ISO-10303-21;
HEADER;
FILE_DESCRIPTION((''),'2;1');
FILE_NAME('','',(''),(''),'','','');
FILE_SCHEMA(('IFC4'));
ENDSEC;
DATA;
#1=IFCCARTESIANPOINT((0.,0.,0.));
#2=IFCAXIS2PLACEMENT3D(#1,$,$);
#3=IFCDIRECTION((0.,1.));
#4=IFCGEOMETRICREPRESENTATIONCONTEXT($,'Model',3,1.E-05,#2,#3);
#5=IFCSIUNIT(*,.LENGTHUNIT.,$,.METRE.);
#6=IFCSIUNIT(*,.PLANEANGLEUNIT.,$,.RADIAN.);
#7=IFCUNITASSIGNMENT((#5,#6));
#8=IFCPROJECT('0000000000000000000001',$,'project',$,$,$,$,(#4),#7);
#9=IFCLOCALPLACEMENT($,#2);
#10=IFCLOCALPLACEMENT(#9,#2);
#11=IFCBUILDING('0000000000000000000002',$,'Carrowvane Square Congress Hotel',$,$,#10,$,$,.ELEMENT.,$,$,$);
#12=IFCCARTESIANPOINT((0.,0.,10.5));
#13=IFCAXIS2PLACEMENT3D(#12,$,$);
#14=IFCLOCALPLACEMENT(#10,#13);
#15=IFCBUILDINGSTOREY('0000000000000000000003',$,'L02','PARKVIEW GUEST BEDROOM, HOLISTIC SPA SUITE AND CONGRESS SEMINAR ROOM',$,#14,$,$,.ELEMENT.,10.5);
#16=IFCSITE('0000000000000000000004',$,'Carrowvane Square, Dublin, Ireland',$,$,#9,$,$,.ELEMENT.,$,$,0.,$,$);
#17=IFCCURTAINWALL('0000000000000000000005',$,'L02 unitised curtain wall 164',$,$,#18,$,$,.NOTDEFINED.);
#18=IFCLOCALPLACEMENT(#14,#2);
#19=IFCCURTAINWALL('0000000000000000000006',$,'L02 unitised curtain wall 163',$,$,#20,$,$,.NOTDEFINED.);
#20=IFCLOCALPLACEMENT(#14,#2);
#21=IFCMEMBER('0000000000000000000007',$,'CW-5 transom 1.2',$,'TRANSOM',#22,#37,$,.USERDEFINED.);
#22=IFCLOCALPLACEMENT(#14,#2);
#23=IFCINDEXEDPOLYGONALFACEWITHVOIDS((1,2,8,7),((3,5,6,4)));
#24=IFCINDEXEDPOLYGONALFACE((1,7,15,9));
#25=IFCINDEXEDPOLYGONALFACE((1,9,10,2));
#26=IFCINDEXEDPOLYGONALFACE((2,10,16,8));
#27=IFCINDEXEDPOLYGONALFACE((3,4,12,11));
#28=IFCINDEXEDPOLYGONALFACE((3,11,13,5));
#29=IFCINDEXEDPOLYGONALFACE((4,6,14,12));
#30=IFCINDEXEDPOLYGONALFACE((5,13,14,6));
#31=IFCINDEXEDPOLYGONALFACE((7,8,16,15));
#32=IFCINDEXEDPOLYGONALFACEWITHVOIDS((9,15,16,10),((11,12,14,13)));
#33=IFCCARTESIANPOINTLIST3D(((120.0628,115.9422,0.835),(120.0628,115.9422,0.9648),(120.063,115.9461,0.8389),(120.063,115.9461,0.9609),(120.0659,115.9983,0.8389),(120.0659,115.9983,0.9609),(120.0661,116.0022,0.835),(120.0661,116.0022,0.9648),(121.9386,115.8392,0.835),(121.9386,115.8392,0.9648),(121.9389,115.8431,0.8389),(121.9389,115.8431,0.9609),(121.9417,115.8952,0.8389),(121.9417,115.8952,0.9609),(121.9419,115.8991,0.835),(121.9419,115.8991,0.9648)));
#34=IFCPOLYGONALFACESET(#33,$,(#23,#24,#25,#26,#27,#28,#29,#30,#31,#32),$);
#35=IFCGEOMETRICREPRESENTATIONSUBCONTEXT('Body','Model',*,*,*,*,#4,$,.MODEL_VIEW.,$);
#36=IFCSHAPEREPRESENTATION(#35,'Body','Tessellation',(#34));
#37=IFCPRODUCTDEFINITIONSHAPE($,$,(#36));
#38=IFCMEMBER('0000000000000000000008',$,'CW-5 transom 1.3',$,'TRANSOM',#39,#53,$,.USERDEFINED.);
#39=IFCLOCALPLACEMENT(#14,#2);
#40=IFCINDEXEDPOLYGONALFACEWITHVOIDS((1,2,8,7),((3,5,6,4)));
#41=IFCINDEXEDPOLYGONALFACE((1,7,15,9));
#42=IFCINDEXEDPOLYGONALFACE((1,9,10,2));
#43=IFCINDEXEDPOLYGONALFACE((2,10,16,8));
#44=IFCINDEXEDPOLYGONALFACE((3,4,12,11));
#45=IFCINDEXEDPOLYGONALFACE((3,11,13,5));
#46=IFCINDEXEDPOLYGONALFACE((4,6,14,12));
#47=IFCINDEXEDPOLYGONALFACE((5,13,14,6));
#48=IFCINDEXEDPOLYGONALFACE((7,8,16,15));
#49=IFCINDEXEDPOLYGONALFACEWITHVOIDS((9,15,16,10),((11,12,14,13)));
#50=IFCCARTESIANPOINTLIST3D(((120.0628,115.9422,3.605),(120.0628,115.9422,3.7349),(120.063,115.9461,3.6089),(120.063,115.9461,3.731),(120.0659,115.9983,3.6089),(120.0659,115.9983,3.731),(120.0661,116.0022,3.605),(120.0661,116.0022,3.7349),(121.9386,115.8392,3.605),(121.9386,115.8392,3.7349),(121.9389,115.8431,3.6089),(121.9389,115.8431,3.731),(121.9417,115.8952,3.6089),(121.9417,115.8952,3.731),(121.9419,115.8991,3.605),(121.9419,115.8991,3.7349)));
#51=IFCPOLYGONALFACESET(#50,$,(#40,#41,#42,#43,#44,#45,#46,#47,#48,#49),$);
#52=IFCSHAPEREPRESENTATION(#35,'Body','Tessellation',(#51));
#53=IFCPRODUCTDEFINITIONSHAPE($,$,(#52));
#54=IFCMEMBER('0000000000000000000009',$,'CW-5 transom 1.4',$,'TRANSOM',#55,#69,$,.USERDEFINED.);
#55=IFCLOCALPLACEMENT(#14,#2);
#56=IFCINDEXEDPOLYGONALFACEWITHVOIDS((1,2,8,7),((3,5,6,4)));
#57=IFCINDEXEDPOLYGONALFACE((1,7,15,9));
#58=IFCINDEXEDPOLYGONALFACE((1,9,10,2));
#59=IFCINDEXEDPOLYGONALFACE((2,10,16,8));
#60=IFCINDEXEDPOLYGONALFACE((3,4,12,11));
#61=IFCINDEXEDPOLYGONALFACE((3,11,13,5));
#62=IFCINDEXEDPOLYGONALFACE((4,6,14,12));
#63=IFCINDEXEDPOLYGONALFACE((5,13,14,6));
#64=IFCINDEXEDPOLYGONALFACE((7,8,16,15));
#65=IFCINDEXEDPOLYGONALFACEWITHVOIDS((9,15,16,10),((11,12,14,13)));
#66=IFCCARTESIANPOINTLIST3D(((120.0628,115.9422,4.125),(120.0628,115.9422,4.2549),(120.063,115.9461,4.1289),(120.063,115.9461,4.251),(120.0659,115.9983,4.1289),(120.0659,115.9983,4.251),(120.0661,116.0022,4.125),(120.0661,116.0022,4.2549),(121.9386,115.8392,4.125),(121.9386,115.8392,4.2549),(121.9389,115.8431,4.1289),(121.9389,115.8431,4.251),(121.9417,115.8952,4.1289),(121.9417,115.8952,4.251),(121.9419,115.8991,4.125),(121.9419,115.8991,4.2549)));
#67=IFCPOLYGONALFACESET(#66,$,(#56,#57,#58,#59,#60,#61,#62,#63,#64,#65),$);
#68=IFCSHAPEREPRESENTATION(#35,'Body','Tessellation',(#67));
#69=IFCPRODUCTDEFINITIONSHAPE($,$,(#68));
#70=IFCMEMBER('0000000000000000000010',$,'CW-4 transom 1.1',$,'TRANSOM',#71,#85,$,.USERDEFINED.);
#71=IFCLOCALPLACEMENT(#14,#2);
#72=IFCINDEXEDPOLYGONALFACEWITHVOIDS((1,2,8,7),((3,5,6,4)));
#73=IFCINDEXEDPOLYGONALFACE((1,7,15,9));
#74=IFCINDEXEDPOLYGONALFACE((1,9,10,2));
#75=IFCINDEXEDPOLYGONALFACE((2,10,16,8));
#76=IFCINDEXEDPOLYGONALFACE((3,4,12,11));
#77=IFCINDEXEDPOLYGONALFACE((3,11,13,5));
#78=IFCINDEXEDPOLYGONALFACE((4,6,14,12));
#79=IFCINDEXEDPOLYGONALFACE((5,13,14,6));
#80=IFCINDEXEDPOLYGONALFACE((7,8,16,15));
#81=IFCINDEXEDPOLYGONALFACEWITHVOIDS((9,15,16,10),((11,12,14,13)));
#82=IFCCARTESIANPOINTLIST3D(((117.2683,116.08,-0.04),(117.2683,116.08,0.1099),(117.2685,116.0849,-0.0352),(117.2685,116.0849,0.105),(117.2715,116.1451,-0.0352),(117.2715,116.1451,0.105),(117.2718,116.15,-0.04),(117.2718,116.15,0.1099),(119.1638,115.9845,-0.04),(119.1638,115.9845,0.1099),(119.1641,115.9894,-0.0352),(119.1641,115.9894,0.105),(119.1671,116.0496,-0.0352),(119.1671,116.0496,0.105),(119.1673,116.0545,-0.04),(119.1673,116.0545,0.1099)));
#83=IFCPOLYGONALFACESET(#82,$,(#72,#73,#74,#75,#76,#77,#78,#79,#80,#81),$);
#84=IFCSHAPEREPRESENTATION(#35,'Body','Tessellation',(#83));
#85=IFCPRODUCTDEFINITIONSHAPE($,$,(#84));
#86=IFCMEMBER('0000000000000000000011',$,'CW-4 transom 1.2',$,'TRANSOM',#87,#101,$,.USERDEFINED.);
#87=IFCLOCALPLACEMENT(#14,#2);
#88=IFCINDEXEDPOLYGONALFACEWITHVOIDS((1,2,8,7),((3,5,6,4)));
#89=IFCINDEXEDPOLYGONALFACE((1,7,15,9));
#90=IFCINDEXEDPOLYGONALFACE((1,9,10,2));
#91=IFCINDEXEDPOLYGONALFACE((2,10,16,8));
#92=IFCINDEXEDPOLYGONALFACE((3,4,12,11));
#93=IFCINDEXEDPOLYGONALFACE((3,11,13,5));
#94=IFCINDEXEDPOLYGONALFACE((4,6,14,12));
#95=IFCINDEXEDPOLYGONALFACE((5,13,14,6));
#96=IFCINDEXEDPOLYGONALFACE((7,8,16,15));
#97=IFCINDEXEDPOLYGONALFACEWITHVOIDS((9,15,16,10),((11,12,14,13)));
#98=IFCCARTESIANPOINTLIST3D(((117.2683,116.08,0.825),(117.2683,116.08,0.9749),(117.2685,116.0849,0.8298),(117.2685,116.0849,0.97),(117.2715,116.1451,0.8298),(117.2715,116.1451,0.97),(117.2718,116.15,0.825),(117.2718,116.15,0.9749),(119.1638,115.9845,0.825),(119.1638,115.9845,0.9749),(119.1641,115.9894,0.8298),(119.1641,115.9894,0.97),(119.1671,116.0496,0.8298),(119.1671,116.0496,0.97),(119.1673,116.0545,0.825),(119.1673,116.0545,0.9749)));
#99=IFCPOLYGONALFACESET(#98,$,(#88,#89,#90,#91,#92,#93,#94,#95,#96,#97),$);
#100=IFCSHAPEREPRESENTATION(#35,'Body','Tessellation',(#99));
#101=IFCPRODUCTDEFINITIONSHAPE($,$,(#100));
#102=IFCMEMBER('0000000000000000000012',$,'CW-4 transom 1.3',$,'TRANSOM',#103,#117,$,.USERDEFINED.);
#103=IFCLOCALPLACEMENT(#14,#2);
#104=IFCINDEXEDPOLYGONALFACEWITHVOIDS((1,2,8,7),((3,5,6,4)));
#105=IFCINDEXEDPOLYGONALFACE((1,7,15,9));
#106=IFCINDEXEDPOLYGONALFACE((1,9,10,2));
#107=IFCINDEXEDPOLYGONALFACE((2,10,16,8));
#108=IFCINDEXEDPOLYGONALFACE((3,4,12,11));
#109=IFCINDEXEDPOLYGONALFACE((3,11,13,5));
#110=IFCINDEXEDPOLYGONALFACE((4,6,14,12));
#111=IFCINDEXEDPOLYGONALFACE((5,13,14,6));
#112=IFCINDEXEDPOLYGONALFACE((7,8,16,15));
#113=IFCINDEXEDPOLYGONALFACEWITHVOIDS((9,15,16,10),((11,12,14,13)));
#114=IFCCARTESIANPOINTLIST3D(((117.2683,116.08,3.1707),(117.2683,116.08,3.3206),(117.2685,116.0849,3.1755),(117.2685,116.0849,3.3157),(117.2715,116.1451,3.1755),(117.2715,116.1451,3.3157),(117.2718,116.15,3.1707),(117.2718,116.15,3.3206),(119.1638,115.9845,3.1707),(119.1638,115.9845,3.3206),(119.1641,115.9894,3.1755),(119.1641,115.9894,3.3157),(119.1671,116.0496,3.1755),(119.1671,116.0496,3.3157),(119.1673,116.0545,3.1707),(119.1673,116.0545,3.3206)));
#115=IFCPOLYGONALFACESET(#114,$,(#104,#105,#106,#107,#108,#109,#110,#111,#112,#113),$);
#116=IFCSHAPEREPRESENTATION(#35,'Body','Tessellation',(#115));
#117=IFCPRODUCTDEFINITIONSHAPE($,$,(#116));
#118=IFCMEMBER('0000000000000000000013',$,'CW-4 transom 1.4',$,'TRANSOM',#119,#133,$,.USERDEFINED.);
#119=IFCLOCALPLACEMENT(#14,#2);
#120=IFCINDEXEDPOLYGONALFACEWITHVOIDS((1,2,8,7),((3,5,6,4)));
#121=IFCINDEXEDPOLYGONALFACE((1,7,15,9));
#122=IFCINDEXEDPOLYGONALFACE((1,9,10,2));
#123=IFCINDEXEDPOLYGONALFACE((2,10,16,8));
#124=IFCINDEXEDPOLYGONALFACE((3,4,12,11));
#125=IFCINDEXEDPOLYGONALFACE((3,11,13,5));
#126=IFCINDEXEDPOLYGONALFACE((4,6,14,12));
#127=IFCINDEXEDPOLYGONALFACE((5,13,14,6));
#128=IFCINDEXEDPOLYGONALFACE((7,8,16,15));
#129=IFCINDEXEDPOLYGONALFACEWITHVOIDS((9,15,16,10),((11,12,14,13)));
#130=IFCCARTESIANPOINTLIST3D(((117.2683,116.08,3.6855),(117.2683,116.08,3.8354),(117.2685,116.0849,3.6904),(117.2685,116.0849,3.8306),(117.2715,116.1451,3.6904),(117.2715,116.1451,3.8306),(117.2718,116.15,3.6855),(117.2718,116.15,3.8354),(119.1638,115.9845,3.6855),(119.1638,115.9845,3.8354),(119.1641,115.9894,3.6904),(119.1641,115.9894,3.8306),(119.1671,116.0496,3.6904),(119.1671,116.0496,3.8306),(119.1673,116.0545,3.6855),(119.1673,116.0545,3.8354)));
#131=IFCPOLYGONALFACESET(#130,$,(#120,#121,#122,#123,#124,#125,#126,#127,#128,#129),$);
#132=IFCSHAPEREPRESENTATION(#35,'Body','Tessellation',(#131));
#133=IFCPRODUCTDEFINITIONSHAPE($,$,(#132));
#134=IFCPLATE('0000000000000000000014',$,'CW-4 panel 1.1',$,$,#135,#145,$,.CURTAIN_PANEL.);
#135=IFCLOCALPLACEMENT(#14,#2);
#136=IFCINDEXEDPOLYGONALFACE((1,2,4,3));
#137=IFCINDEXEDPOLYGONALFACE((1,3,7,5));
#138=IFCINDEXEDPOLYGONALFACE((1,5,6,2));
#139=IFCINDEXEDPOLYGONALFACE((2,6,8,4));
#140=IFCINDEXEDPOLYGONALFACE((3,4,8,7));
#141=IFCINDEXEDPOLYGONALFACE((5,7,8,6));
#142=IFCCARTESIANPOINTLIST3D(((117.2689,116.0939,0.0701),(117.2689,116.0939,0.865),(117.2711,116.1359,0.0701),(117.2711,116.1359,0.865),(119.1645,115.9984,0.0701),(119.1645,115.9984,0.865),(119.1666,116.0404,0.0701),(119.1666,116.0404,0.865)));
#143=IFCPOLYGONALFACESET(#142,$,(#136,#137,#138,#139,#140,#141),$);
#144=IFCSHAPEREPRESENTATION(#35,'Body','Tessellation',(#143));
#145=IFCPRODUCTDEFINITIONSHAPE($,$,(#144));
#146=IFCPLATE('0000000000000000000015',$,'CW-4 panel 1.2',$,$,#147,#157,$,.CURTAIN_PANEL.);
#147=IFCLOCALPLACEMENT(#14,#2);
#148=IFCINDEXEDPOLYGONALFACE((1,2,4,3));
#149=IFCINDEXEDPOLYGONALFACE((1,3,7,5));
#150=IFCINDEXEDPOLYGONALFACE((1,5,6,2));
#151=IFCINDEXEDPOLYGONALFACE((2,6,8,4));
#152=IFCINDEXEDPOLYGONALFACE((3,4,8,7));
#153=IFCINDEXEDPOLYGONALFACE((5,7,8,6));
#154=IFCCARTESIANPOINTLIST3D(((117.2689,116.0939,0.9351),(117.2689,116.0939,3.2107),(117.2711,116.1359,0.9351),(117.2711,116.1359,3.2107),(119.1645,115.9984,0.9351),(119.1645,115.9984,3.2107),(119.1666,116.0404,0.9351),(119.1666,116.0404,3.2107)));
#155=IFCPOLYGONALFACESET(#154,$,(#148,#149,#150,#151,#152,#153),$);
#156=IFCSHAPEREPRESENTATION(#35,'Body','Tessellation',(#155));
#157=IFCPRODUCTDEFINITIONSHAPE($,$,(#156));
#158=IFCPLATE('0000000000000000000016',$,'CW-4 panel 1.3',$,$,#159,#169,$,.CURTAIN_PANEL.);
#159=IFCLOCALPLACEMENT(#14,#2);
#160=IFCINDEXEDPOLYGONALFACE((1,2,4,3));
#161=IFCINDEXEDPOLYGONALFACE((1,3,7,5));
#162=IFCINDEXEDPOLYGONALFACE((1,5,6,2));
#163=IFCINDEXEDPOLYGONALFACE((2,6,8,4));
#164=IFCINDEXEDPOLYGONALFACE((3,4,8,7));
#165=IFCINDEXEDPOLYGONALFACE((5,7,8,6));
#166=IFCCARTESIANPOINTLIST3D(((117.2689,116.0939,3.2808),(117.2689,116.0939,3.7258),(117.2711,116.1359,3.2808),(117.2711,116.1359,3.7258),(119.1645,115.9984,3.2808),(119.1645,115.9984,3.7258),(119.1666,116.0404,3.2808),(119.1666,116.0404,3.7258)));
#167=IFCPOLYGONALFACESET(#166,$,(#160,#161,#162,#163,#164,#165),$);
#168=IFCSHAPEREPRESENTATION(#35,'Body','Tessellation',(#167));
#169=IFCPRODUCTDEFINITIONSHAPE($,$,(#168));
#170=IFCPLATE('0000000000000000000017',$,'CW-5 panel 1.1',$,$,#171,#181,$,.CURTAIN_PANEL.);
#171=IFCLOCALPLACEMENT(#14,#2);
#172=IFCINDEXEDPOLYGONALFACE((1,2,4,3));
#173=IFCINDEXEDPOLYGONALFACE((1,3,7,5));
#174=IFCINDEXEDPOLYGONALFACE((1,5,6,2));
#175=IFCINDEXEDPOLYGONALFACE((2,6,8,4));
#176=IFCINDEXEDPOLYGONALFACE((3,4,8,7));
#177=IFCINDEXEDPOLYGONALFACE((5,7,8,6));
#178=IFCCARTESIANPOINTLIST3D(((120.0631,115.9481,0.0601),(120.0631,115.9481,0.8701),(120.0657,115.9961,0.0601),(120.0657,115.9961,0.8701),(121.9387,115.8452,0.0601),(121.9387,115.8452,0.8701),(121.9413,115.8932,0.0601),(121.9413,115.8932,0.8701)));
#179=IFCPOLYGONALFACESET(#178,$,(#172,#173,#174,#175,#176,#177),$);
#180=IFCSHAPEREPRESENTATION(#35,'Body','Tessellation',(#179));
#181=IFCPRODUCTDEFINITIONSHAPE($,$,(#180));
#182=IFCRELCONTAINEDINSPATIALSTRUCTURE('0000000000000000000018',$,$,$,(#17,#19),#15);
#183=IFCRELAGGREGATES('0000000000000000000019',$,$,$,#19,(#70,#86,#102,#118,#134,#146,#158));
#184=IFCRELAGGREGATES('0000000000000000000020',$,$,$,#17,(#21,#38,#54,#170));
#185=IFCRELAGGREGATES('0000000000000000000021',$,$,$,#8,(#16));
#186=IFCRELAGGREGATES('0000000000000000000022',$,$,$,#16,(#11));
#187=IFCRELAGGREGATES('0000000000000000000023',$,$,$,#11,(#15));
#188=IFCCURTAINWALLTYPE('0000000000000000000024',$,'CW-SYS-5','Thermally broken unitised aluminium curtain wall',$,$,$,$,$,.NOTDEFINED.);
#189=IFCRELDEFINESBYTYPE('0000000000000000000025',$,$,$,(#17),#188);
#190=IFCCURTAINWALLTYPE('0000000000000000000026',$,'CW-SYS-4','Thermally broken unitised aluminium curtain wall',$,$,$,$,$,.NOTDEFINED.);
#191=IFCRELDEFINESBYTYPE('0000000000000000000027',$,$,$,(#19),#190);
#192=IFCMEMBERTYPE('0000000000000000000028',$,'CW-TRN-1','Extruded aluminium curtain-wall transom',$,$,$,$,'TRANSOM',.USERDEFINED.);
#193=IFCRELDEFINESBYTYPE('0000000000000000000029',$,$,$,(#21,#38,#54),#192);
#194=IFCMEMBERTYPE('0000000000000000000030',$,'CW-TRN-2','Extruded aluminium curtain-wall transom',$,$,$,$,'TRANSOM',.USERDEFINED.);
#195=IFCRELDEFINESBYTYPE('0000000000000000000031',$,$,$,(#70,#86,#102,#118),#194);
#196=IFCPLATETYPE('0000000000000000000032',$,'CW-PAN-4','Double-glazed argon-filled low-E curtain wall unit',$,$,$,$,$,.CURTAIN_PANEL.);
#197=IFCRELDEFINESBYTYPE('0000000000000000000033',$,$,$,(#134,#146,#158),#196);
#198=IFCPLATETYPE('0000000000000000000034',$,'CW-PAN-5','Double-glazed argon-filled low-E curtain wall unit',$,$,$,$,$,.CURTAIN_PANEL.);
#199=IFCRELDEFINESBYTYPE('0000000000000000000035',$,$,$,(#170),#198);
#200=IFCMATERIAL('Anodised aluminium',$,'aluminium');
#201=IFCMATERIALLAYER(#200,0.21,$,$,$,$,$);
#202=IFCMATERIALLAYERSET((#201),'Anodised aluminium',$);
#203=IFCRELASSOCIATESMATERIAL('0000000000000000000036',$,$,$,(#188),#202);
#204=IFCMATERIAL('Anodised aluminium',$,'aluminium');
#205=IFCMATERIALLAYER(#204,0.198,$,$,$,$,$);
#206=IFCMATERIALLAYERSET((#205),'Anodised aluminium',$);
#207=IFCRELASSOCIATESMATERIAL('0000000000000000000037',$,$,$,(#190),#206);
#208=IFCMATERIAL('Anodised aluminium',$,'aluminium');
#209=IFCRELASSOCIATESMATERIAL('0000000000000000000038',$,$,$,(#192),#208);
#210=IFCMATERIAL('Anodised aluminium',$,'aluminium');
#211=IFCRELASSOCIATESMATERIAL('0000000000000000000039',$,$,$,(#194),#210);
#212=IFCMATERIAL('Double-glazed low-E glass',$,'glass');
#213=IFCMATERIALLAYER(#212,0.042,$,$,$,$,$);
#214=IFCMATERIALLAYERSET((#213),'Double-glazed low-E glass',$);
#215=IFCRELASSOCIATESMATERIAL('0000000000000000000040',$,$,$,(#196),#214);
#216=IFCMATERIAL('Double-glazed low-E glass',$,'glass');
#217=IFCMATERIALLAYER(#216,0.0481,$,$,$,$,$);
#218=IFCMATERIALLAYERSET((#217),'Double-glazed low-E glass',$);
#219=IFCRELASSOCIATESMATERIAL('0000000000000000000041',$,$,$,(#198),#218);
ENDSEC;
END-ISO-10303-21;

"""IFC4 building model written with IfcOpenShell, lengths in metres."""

from ifc_helpers import new_model, si_unit, direction, frame, origin, origin_2d, place, context, subcontext, project, spatial, rectangle, hollow_rectangle, extrude, material, layer, layer_set, material_profile, profile_set, type_object, element, aggregate, save


model = new_model("IFC4")

# Units and contexts
model_context = context("Model", 3, precision=1e-05, world=origin(), true_north=direction((0.0, 1.0)))
body_context = subcontext(model_context, "Body", "Model", "MODEL_VIEW")
ifc_project = project(units=[si_unit("LENGTHUNIT", "METRE"), si_unit("PLANEANGLEUNIT", "RADIAN")], contexts=[model_context])

# Site, building, storey
site_placement = place(None, origin())
site = spatial("IfcSite", under=ifc_project, at=site_placement, Name="Carrowvane Square, Dublin, Ireland", CompositionType="ELEMENT", RefElevation=0.0)
building_placement = place(site_placement, origin())
building = spatial("IfcBuilding", under=site, at=building_placement, Name="Carrowvane Square Congress Hotel", CompositionType="ELEMENT")
storey_placement = place(building_placement, frame((0.0, 0.0, 10.5)))
storey = spatial("IfcBuildingStorey", under=building, at=storey_placement, Name="L02", Description="PARKVIEW GUEST BEDROOM, HOLISTIC SPA SUITE AND CONGRESS SEMINAR ROOM", CompositionType="ELEMENT", Elevation=10.5)

# Curtain wall
ifc_material_1 = material(Name="Anodised aluminium", Category="aluminium")
ifc_layer_1 = layer(ifc_material_1, 0.21)
ifc_layer_set_1 = layer_set([ifc_layer_1], Name="Anodised aluminium")
curtain_wall_type_1 = type_object("IfcCurtainWallType", Name="CW-SYS-5", Description="Thermally broken unitised aluminium curtain wall", PredefinedType="NOTDEFINED", material=ifc_layer_set_1)
curtain_wall_1_placement = place(storey_placement, origin())
curtain_wall_1 = element("IfcCurtainWall", 1, at=curtain_wall_1_placement, inside=storey, type_object=curtain_wall_type_1, Name="L02 unitised curtain wall 164", PredefinedType="NOTDEFINED")

# Curtain wall
ifc_material_2 = material(Name="Anodised aluminium", Category="aluminium")
ifc_layer_2 = layer(ifc_material_2, 0.198)
ifc_layer_set_2 = layer_set([ifc_layer_2], Name="Anodised aluminium")
curtain_wall_type_2 = type_object("IfcCurtainWallType", Name="CW-SYS-4", Description="Thermally broken unitised aluminium curtain wall", PredefinedType="NOTDEFINED", material=ifc_layer_set_2)
curtain_wall_2_placement = place(storey_placement, origin())
curtain_wall_2 = element("IfcCurtainWall", 2, at=curtain_wall_2_placement, inside=storey, type_object=curtain_wall_type_2, Name="L02 unitised curtain wall 163", PredefinedType="NOTDEFINED")

# Members
ifc_material_3 = material(Name="Anodised aluminium", Category="aluminium")
ifc_material_profile_1 = material_profile(ifc_material_3, hollow_rectangle(XDim=0.0601, YDim=0.1299, WallThickness=0.0039, at=origin_2d()), Name="CW-TR 60x130x4")
ifc_profile_set_1 = profile_set([ifc_material_profile_1], Name="Anodised aluminium")
member_type_1 = type_object("IfcMemberType", Name="CW-TRN-1", Description="Extruded aluminium curtain-wall transom", ElementType="TRANSOM", PredefinedType="USERDEFINED", material=ifc_profile_set_1)
member_1_placement = place(storey_placement, frame((120.0645, 115.9722, 0.8999), z_axis=(0.998495, -0.054844, 0.0), x_axis=(0.054844, 0.998495, 0.0)))
member_1 = element("IfcMember", 3, at=member_1_placement, type_object=member_type_1, Name="CW-5 transom 1.2", ObjectType="TRANSOM", PredefinedType="USERDEFINED", context=body_context, shape_type="SweptSolid", body=[
    extrude(hollow_rectangle(XDim=0.0601, YDim=0.1299, WallThickness=0.0039, at=origin_2d()), origin(), (0.0, 0.0, 1.0), 1.8787),
])
member_2_placement = place(storey_placement, frame((120.0645, 115.9722, 3.6699), z_axis=(0.998495, -0.054844, 0.0), x_axis=(0.054844, 0.998495, 0.0)))
member_2 = element("IfcMember", 4, at=member_2_placement, type_object=member_type_1, Name="CW-5 transom 1.3", ObjectType="TRANSOM", PredefinedType="USERDEFINED", context=body_context, shape_type="SweptSolid", body=[
    extrude(hollow_rectangle(XDim=0.0601, YDim=0.1299, WallThickness=0.0039, at=origin_2d()), origin(), (0.0, 0.0, 1.0), 1.8787),
])
member_3_placement = place(storey_placement, frame((120.0645, 115.9722, 4.1899), z_axis=(0.998495, -0.054844, 0.0), x_axis=(0.054844, 0.998495, 0.0)))
member_3 = element("IfcMember", 5, at=member_3_placement, type_object=member_type_1, Name="CW-5 transom 1.4", ObjectType="TRANSOM", PredefinedType="USERDEFINED", context=body_context, shape_type="SweptSolid", body=[
    extrude(hollow_rectangle(XDim=0.0601, YDim=0.1299, WallThickness=0.0039, at=origin_2d()), origin(), (0.0, 0.0, 1.0), 1.8787),
])
ifc_material_4 = material(Name="Anodised aluminium", Category="aluminium")
ifc_material_profile_2 = material_profile(ifc_material_4, hollow_rectangle(XDim=0.0701, YDim=0.1499, WallThickness=0.0049, at=origin_2d()), Name="CW-TR 70x150x5")
ifc_profile_set_2 = profile_set([ifc_material_profile_2], Name="Anodised aluminium")
member_type_2 = type_object("IfcMemberType", Name="CW-TRN-2", Description="Extruded aluminium curtain-wall transom", ElementType="TRANSOM", PredefinedType="USERDEFINED", material=ifc_profile_set_2)
member_4_placement = place(storey_placement, frame((117.27, 116.115, 0.0349), z_axis=(0.998734, -0.050297, 0.0), x_axis=(0.050297, 0.998734, 0.0)))
member_4 = element("IfcMember", 6, at=member_4_placement, type_object=member_type_2, Name="CW-4 transom 1.1", ObjectType="TRANSOM", PredefinedType="USERDEFINED", context=body_context, shape_type="SweptSolid", body=[
    extrude(hollow_rectangle(XDim=0.0701, YDim=0.1499, WallThickness=0.0049, at=origin_2d()), origin(), (0.0, 0.0, 1.0), 1.8979),
])
member_5_placement = place(storey_placement, frame((117.27, 116.115, 0.8999), z_axis=(0.998734, -0.050297, 0.0), x_axis=(0.050297, 0.998734, 0.0)))
member_5 = element("IfcMember", 7, at=member_5_placement, type_object=member_type_2, Name="CW-4 transom 1.2", ObjectType="TRANSOM", PredefinedType="USERDEFINED", context=body_context, shape_type="SweptSolid", body=[
    extrude(hollow_rectangle(XDim=0.0701, YDim=0.1499, WallThickness=0.0049, at=origin_2d()), origin(), (0.0, 0.0, 1.0), 1.8979),
])
member_6_placement = place(storey_placement, frame((117.27, 116.115, 3.2456), z_axis=(0.998734, -0.050297, 0.0), x_axis=(0.050297, 0.998734, 0.0)))
member_6 = element("IfcMember", 8, at=member_6_placement, type_object=member_type_2, Name="CW-4 transom 1.3", ObjectType="TRANSOM", PredefinedType="USERDEFINED", context=body_context, shape_type="SweptSolid", body=[
    extrude(hollow_rectangle(XDim=0.0701, YDim=0.1499, WallThickness=0.0049, at=origin_2d()), origin(), (0.0, 0.0, 1.0), 1.8979),
])
member_7_placement = place(storey_placement, frame((117.27, 116.115, 3.7605), z_axis=(0.998734, -0.050297, 0.0), x_axis=(0.050297, 0.998734, 0.0)))
member_7 = element("IfcMember", 9, at=member_7_placement, type_object=member_type_2, Name="CW-4 transom 1.4", ObjectType="TRANSOM", PredefinedType="USERDEFINED", context=body_context, shape_type="SweptSolid", body=[
    extrude(hollow_rectangle(XDim=0.0701, YDim=0.1499, WallThickness=0.0049, at=origin_2d()), origin(), (0.0, 0.0, 1.0), 1.8979),
])

# Plates
ifc_material_5 = material(Name="Double-glazed low-E glass", Category="glass")
ifc_layer_3 = layer(ifc_material_5, 0.042)
ifc_layer_set_3 = layer_set([ifc_layer_3], Name="Double-glazed low-E glass")
plate_type_1 = type_object("IfcPlateType", Name="CW-PAN-4", Description="Double-glazed argon-filled low-E curtain wall unit", PredefinedType="CURTAIN_PANEL", material=ifc_layer_set_3)
plate_1_placement = place(storey_placement, frame((118.2178, 116.0671, 0.0701), z_axis=(0.0, 0.0, 1.0), x_axis=(0.998733, -0.050324, 0.0)))
plate_1 = element("IfcPlate", 10, at=plate_1_placement, type_object=plate_type_1, Name="CW-4 panel 1.1", PredefinedType="CURTAIN_PANEL", context=body_context, shape_type="SweptSolid", body=[
    extrude(rectangle(XDim=1.8979, YDim=0.042, at=origin_2d()), origin(), (0.0, 0.0, 1.0), 0.7949),
])
plate_2_placement = place(storey_placement, frame((118.2178, 116.0671, 0.9351), z_axis=(0.0, 0.0, 1.0), x_axis=(0.998733, -0.050324, 0.0)))
plate_2 = element("IfcPlate", 11, at=plate_2_placement, type_object=plate_type_1, Name="CW-4 panel 1.2", PredefinedType="CURTAIN_PANEL", context=body_context, shape_type="SweptSolid", body=[
    extrude(rectangle(XDim=1.8979, YDim=0.042, at=origin_2d()), origin(), (0.0, 0.0, 1.0), 2.2756),
])
plate_3_placement = place(storey_placement, frame((118.2178, 116.0671, 3.2808), z_axis=(0.0, 0.0, 1.0), x_axis=(0.998733, -0.050324, 0.0)))
plate_3 = element("IfcPlate", 12, at=plate_3_placement, type_object=plate_type_1, Name="CW-4 panel 1.3", PredefinedType="CURTAIN_PANEL", context=body_context, shape_type="SweptSolid", body=[
    extrude(rectangle(XDim=1.8979, YDim=0.042, at=origin_2d()), origin(), (0.0, 0.0, 1.0), 0.4451),
])
aggregate(curtain_wall_2, [member_4, member_5, member_6, member_7, plate_1, plate_2, plate_3])
ifc_material_6 = material(Name="Double-glazed low-E glass", Category="glass")
ifc_layer_4 = layer(ifc_material_6, 0.0481)
ifc_layer_set_4 = layer_set([ifc_layer_4], Name="Double-glazed low-E glass")
plate_type_2 = type_object("IfcPlateType", Name="CW-PAN-5", Description="Double-glazed argon-filled low-E curtain wall unit", PredefinedType="CURTAIN_PANEL", material=ifc_layer_set_4)
plate_4_placement = place(storey_placement, frame((121.0022, 115.9207, 0.0601), z_axis=(0.0, 0.0, 1.0), x_axis=(0.998496, -0.054816, 0.0)))
plate_4 = element("IfcPlate", 13, at=plate_4_placement, type_object=plate_type_2, Name="CW-5 panel 1.1", PredefinedType="CURTAIN_PANEL", context=body_context, shape_type="SweptSolid", body=[
    extrude(rectangle(XDim=1.8784, YDim=0.0481, at=origin_2d()), origin(), (0.0, 0.0, 1.0), 0.8101),
])
aggregate(curtain_wall_1, [member_1, member_2, member_3, plate_4])

save(model, "model.ifc")
